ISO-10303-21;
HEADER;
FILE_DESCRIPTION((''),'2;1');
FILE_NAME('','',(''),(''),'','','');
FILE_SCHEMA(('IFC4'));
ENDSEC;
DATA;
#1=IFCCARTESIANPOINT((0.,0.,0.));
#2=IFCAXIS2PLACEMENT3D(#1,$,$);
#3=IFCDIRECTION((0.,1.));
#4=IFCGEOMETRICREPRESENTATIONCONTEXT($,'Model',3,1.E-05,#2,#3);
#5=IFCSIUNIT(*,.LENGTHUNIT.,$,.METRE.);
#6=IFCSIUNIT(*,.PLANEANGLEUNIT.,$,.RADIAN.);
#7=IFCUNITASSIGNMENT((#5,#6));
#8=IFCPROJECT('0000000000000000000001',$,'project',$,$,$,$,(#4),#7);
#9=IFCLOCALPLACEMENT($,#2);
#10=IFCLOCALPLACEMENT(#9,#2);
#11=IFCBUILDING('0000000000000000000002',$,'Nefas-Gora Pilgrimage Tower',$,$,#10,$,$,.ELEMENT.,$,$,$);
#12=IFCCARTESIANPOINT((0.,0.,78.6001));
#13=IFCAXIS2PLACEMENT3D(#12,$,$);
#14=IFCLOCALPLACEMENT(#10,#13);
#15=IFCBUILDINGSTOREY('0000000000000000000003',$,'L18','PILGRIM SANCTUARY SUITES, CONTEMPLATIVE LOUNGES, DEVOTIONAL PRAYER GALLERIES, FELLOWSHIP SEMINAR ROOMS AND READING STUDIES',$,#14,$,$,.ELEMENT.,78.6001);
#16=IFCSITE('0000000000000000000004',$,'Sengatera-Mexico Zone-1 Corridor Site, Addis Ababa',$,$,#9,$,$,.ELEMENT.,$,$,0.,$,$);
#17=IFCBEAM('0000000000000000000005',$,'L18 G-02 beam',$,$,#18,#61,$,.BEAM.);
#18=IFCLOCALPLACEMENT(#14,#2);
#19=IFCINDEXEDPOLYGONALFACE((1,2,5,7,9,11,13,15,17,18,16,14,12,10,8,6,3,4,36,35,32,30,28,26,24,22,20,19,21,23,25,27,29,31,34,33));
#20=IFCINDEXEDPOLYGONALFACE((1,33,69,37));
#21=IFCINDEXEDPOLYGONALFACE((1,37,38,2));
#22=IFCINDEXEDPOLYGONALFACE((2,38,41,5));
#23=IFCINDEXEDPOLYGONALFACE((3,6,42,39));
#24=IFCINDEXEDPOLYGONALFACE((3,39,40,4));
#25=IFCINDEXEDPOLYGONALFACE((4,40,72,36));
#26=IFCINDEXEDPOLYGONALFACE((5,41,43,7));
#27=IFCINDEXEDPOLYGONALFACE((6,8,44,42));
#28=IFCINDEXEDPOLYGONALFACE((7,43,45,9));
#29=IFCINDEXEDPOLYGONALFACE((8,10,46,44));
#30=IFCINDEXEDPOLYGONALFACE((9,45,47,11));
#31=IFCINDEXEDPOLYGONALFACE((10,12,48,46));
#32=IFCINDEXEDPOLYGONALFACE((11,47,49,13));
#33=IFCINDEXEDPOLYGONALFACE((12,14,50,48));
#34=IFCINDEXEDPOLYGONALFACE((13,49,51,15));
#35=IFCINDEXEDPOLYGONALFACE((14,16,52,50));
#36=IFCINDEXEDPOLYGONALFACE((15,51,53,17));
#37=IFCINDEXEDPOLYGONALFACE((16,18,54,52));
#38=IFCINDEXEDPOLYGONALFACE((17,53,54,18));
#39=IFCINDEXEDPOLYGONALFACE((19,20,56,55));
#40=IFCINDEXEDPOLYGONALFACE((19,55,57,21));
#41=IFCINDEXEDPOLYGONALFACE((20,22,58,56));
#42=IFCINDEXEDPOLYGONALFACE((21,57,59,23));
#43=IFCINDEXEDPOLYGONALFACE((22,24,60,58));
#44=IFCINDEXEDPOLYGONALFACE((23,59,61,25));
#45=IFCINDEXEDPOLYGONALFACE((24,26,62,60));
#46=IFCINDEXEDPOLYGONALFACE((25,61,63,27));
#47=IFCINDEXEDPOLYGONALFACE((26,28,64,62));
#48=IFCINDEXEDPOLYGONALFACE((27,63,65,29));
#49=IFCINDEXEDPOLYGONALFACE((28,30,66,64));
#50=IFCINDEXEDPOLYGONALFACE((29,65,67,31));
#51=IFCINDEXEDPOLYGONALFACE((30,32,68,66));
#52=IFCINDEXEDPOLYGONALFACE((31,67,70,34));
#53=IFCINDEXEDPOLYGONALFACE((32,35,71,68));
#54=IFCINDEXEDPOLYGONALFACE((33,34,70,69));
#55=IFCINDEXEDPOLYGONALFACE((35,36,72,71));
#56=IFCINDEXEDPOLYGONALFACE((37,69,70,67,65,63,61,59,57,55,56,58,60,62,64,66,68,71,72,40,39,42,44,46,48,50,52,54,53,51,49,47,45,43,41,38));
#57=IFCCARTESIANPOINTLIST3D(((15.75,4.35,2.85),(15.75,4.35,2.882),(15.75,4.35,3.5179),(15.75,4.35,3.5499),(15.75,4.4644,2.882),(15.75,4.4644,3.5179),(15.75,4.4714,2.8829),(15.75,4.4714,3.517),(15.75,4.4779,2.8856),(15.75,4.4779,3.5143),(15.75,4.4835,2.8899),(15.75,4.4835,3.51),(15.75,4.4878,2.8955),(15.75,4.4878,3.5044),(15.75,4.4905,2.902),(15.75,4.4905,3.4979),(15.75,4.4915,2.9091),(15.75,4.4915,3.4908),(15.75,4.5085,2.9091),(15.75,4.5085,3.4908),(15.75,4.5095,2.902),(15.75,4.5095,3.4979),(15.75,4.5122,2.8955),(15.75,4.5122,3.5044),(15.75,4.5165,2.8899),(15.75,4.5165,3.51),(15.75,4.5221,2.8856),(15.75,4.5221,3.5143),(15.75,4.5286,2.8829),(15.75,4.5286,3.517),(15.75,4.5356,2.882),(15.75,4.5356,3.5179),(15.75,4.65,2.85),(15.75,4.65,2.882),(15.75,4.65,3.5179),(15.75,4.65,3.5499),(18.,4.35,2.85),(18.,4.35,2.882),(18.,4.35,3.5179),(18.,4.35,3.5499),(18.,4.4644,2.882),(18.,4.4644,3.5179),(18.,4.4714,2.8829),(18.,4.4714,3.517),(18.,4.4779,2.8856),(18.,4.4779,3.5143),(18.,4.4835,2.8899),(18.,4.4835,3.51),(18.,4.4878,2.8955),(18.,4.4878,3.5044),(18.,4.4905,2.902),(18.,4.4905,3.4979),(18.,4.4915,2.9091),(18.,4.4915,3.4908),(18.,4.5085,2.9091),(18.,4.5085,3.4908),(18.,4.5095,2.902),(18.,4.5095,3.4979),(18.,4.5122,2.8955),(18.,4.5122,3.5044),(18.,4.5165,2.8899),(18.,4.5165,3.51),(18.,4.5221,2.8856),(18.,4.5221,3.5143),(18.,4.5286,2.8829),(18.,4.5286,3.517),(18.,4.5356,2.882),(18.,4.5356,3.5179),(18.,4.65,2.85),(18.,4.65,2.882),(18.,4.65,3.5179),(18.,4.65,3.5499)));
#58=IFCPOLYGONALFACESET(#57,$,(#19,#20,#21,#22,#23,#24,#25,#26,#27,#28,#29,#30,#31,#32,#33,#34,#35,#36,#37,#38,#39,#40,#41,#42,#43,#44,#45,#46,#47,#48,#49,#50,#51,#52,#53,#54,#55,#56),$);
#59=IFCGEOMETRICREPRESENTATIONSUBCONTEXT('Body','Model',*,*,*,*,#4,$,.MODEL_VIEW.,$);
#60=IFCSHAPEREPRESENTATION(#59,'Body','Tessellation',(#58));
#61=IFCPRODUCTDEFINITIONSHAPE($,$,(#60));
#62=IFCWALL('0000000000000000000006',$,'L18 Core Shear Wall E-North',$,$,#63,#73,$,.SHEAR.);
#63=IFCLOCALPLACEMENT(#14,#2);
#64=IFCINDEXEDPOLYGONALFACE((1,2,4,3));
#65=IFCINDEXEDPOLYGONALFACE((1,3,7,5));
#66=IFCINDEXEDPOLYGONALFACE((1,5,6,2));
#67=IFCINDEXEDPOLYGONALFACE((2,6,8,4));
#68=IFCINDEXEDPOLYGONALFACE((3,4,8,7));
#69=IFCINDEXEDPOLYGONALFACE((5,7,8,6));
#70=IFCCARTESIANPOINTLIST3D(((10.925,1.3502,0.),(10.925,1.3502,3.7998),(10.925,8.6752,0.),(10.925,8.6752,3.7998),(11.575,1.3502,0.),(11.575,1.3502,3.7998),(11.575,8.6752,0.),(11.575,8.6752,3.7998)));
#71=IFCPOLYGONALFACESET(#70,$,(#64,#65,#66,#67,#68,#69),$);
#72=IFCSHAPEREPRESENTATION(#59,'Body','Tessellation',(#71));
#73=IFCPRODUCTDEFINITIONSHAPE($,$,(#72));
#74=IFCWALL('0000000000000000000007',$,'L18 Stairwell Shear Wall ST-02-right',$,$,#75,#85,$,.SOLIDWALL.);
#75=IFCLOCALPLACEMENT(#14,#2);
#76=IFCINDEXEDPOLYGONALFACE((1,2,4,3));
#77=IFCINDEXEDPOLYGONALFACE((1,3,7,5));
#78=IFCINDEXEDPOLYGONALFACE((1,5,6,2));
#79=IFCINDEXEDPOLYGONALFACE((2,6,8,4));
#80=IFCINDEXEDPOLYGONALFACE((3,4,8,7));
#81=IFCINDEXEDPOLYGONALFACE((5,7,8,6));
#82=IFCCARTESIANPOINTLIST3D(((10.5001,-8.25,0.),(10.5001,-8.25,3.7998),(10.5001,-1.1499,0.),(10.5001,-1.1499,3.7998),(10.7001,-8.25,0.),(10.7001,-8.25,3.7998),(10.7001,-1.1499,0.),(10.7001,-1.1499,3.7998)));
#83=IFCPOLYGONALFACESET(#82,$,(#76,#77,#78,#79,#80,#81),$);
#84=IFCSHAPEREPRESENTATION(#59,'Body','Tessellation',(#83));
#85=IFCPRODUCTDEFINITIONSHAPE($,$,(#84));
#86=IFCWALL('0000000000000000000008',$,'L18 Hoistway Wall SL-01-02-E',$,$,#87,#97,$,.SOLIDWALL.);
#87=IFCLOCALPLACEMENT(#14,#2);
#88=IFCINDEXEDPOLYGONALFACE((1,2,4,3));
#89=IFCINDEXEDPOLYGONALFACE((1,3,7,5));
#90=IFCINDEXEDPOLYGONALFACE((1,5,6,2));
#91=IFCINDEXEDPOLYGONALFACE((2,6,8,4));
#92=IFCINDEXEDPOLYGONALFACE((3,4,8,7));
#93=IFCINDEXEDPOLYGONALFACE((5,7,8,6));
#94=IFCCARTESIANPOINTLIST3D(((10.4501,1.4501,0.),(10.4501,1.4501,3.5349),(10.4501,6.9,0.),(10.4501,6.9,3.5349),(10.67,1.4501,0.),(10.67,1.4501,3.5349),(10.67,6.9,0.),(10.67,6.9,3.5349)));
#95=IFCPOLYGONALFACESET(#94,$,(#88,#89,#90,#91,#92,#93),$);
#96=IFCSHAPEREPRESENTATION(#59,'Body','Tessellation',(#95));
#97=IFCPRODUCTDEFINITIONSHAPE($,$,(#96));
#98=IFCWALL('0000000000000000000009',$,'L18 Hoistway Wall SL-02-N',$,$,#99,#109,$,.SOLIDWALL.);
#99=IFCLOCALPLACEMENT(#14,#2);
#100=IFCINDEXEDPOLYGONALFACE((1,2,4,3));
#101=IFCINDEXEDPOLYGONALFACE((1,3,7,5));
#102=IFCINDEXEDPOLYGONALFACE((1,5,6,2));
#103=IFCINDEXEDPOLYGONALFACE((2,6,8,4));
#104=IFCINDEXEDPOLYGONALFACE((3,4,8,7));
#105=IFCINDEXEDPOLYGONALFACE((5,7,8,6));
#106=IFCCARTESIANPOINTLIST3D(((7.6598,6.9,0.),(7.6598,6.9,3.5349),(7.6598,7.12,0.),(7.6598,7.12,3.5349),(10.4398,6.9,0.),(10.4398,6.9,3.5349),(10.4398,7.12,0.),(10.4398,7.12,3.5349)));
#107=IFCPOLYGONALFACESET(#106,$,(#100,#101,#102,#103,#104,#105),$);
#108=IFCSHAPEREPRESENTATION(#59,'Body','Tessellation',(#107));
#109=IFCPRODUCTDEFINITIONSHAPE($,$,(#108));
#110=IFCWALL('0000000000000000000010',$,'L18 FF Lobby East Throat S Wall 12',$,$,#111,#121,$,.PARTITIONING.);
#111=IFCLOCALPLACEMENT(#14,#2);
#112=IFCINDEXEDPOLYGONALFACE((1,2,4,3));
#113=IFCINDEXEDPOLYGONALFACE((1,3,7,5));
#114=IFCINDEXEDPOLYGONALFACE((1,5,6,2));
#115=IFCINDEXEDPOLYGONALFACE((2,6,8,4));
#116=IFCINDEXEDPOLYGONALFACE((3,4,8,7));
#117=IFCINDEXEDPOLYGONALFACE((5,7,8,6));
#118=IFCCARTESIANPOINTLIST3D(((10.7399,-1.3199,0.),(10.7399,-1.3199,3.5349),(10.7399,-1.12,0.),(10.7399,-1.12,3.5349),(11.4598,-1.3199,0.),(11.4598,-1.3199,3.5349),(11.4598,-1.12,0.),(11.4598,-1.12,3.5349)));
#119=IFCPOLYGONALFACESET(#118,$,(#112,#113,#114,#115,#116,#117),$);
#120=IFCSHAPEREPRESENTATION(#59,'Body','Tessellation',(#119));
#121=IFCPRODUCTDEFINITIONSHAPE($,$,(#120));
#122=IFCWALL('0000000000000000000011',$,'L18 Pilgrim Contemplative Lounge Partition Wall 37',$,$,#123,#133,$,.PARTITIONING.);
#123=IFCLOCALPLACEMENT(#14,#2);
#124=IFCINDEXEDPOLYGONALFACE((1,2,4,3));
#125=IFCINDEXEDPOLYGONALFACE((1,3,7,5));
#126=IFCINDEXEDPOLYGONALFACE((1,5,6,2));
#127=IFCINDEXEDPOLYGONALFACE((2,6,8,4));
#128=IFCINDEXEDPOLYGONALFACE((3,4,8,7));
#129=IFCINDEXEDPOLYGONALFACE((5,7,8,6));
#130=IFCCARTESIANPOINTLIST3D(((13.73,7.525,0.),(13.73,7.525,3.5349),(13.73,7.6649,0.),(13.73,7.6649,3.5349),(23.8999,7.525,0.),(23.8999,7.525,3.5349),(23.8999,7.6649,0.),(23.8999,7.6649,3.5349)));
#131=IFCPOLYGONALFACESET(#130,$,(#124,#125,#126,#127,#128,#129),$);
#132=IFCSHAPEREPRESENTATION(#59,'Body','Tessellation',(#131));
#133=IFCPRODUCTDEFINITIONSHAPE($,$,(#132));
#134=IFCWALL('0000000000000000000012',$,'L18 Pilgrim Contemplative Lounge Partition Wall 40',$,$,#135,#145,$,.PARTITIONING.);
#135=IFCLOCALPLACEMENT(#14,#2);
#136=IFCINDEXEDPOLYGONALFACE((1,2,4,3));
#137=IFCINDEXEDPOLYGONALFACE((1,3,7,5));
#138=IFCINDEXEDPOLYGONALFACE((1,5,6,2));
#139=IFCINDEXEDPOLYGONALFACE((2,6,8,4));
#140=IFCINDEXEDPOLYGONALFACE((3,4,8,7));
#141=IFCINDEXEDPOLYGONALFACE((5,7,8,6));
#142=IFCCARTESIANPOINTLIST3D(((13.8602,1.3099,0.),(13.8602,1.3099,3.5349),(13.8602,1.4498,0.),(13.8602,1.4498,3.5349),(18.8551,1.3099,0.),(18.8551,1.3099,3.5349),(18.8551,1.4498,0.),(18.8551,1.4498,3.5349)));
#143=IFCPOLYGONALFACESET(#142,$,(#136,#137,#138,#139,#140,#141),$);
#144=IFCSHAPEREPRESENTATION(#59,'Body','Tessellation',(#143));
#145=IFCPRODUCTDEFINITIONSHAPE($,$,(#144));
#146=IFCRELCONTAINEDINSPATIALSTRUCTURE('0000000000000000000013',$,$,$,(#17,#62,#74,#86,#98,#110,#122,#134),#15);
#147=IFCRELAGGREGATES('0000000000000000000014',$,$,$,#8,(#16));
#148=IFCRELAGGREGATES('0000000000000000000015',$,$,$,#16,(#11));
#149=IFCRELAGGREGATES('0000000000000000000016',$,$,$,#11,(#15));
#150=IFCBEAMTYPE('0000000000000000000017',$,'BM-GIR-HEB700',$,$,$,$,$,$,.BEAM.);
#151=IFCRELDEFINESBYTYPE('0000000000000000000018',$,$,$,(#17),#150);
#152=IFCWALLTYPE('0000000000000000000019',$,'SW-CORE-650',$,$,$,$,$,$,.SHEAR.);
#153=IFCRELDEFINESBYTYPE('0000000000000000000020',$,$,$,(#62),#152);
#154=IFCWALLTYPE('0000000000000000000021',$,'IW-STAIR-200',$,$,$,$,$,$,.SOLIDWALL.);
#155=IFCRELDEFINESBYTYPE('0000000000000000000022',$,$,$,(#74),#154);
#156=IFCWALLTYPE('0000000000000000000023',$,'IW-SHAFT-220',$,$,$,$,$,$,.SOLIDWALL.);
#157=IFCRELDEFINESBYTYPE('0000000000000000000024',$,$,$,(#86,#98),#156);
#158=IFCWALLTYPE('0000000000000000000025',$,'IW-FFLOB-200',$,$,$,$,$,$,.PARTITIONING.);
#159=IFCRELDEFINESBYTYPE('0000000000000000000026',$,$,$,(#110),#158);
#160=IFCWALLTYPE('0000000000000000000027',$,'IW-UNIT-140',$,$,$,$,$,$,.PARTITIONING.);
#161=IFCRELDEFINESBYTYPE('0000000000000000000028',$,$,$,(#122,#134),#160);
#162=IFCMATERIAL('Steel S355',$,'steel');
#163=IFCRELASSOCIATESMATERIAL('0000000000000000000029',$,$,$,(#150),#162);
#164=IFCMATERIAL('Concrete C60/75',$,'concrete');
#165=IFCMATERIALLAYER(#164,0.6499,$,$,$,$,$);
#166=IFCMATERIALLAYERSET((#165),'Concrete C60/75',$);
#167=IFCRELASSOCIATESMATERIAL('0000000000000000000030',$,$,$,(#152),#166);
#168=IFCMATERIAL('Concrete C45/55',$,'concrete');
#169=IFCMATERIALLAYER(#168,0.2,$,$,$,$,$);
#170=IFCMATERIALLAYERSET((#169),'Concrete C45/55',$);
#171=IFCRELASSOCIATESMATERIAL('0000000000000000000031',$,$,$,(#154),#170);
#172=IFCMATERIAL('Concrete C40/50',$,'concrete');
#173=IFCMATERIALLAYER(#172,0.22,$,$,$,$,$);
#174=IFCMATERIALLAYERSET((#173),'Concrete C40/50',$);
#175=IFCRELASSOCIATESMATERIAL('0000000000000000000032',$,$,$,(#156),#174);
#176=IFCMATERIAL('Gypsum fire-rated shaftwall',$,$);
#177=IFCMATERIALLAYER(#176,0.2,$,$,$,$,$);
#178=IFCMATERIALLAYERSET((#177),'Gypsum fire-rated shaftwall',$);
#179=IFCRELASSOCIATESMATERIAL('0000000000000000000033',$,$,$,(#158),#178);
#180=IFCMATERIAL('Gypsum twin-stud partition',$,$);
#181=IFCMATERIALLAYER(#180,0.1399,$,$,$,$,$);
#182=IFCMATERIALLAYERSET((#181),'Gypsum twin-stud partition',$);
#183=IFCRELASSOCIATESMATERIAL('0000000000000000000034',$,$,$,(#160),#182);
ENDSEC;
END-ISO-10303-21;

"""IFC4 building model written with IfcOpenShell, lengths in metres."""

from ifc_helpers import new_model, si_unit, direction, frame, frame_2d, origin, origin_2d, place, context, subcontext, project, spatial, rectangle, i_section, extrude, source, transform, mapped, material, layer, layer_set, material_profile, profile_set, type_object, element, save


model = new_model("IFC4")

# Units and contexts
model_context = context("Model", 3, precision=1e-05, world=origin(), true_north=direction((0.0, 1.0)))
body_context = subcontext(model_context, "Body", "Model", "MODEL_VIEW")
ifc_project = project(units=[si_unit("LENGTHUNIT", "METRE"), si_unit("PLANEANGLEUNIT", "RADIAN")], contexts=[model_context])

# Site, building, storey
site_placement = place(None, origin())
site = spatial("IfcSite", under=ifc_project, at=site_placement, Name="Sengatera-Mexico Zone-1 Corridor Site, Addis Ababa", CompositionType="ELEMENT", RefElevation=0.0)
building_placement = place(site_placement, origin())
building = spatial("IfcBuilding", under=site, at=building_placement, Name="Nefas-Gora Pilgrimage Tower", CompositionType="ELEMENT")
storey_placement = place(building_placement, frame((0.0, 0.0, 78.6001)))
storey = spatial("IfcBuildingStorey", under=building, at=storey_placement, Name="L18", Description="PILGRIM SANCTUARY SUITES, CONTEMPLATIVE LOUNGES, DEVOTIONAL PRAYER GALLERIES, FELLOWSHIP SEMINAR ROOMS AND READING STUDIES", CompositionType="ELEMENT", Elevation=78.6001)

# Beam
ifc_material_1 = material(Name="Steel S355", Category="steel")
ifc_material_profile_1 = material_profile(ifc_material_1, i_section(OverallWidth=0.3, OverallDepth=0.7, WebThickness=0.0171, FlangeThickness=0.032, FilletRadius=0.0271, at=origin_2d()), Name="HEB 700")
ifc_profile_set_1 = profile_set([ifc_material_profile_1], Name="Steel S355")
beam_type = type_object("IfcBeamType", Name="BM-GIR-HEB700", PredefinedType="BEAM", material=ifc_profile_set_1)
shared_shape_1 = source(origin(), body_context, "Body", "SweptSolid", [
    extrude(i_section(OverallWidth=0.3, OverallDepth=0.7, WebThickness=0.0171, FlangeThickness=0.032, FilletRadius=0.0271, at=origin_2d()), origin(), (0.0, 0.0, 1.0), 2.25),
])
for number, where, z_axis, x_axis, name in (
    (1, (15.75, 4.5, 3.2), (1.0, 0.0, 0.0), (0.0, 1.0, 0.0), "L18 G-02 beam"),
):
    element("IfcBeam", number, at=place(storey_placement, frame(where, z_axis=z_axis, x_axis=x_axis)), inside=storey, type_object=beam_type, Name=name, PredefinedType="BEAM", context=body_context, shape_type="MappedRepresentation", body=[
        mapped(shared_shape_1, transform((0.0, 0.0, 0.0), x_axis=(1.0, 0.0, 0.0), y_axis=(0.0, 1.0, 0.0), z_axis=(0.0, 0.0, 1.0), scale=1.0)),
    ])

# Walls
ifc_material_2 = material(Name="Concrete C60/75", Category="concrete")
ifc_layer_1 = layer(ifc_material_2, 0.6499)
ifc_layer_set_1 = layer_set([ifc_layer_1], Name="Concrete C60/75")
wall_type_1 = type_object("IfcWallType", Name="SW-CORE-650", PredefinedType="SHEAR", material=ifc_layer_set_1)
shared_shape_2 = source(origin(), body_context, "Body", "SweptSolid", [
    extrude(rectangle(XDim=7.325, YDim=0.6499, at=frame_2d((3.6626, 0.0))), origin(), (0.0, 0.0, 1.0), 3.7998),
])
wall_1_placement = place(storey_placement, frame((11.25, 1.3501, 0.0), z_axis=(0.0, 0.0, 1.0), x_axis=(0.0, 1.0, 0.0)))
element("IfcWall", 2, at=wall_1_placement, inside=storey, type_object=wall_type_1, Name="L18 Core Shear Wall E-North", PredefinedType="SHEAR", context=body_context, shape_type="MappedRepresentation", body=[
    mapped(shared_shape_2, transform((0.0, 0.0, 0.0), x_axis=(1.0, 0.0, 0.0), y_axis=(0.0, 1.0, 0.0), z_axis=(0.0, 0.0, 1.0), scale=1.0)),
])
ifc_material_3 = material(Name="Concrete C45/55", Category="concrete")
ifc_layer_2 = layer(ifc_material_3, 0.2)
ifc_layer_set_2 = layer_set([ifc_layer_2], Name="Concrete C45/55")
wall_type_2 = type_object("IfcWallType", Name="IW-STAIR-200", PredefinedType="SOLIDWALL", material=ifc_layer_set_2)
shared_shape_3 = source(origin(), body_context, "Body", "SweptSolid", [
    extrude(rectangle(XDim=7.1001, YDim=0.2, at=frame_2d((3.55, 0.0))), origin(), (0.0, 0.0, 1.0), 3.7998),
])
wall_2_placement = place(storey_placement, frame((10.6001, -1.1499, 0.0), z_axis=(0.0, 0.0, 1.0), x_axis=(0.0, -1.0, 0.0)))
element("IfcWall", 3, at=wall_2_placement, inside=storey, type_object=wall_type_2, Name="L18 Stairwell Shear Wall ST-02-right", PredefinedType="SOLIDWALL", context=body_context, shape_type="MappedRepresentation", body=[
    mapped(shared_shape_3, transform((0.0, 0.0, 0.0), x_axis=(1.0, 0.0, 0.0), y_axis=(0.0, 1.0, 0.0), z_axis=(0.0, 0.0, 1.0), scale=1.0)),
])
ifc_material_4 = material(Name="Concrete C40/50", Category="concrete")
ifc_layer_3 = layer(ifc_material_4, 0.22)
ifc_layer_set_3 = layer_set([ifc_layer_3], Name="Concrete C40/50")
wall_type_3 = type_object("IfcWallType", Name="IW-SHAFT-220", PredefinedType="SOLIDWALL", material=ifc_layer_set_3)
shared_shape_4 = source(origin(), body_context, "Body", "SweptSolid", [
    extrude(rectangle(XDim=5.45, YDim=0.22, at=frame_2d((2.7251, 0.0))), origin(), (0.0, 0.0, 1.0), 3.5349),
])
wall_3_placement = place(storey_placement, frame((10.5601, 1.45, 0.0), z_axis=(0.0, 0.0, 1.0), x_axis=(0.0, 1.0, 0.0)))
element("IfcWall", 4, at=wall_3_placement, inside=storey, type_object=wall_type_3, Name="L18 Hoistway Wall SL-01-02-E", PredefinedType="SOLIDWALL", context=body_context, shape_type="MappedRepresentation", body=[
    mapped(shared_shape_4, transform((0.0, 0.0, 0.0), x_axis=(1.0, 0.0, 0.0), y_axis=(0.0, 1.0, 0.0), z_axis=(0.0, 0.0, 1.0), scale=1.0)),
])
shared_shape_5 = source(origin(), body_context, "Body", "SweptSolid", [
    extrude(rectangle(XDim=2.78, YDim=0.22, at=frame_2d((1.3901, 0.0))), origin(), (0.0, 0.0, 1.0), 3.5349),
])
wall_4_placement = place(storey_placement, frame((10.4399, 7.01, 0.0), z_axis=(0.0, 0.0, 1.0), x_axis=(-1.0, 0.0, 0.0)))
element("IfcWall", 5, at=wall_4_placement, inside=storey, type_object=wall_type_3, Name="L18 Hoistway Wall SL-02-N", PredefinedType="SOLIDWALL", context=body_context, shape_type="MappedRepresentation", body=[
    mapped(shared_shape_5, transform((0.0, 0.0, 0.0), x_axis=(1.0, 0.0, 0.0), y_axis=(0.0, 1.0, 0.0), z_axis=(0.0, 0.0, 1.0), scale=1.0)),
])
ifc_material_5 = material(Name="Gypsum fire-rated shaftwall")
ifc_layer_4 = layer(ifc_material_5, 0.2)
ifc_layer_set_4 = layer_set([ifc_layer_4], Name="Gypsum fire-rated shaftwall")
wall_type_4 = type_object("IfcWallType", Name="IW-FFLOB-200", PredefinedType="PARTITIONING", material=ifc_layer_set_4)
shared_shape_6 = source(origin(), body_context, "Body", "SweptSolid", [
    extrude(rectangle(XDim=0.72, YDim=0.2, at=frame_2d((0.3599, 0.0))), origin(), (0.0, 0.0, 1.0), 3.5349),
])
wall_5_placement = place(storey_placement, frame((10.74, -1.22, 0.0), z_axis=(0.0, 0.0, 1.0), x_axis=(1.0, 0.0, 0.0)))
element("IfcWall", 6, at=wall_5_placement, inside=storey, type_object=wall_type_4, Name="L18 FF Lobby East Throat S Wall 12", PredefinedType="PARTITIONING", context=body_context, shape_type="MappedRepresentation", body=[
    mapped(shared_shape_6, transform((0.0, 0.0, 0.0), x_axis=(1.0, 0.0, 0.0), y_axis=(0.0, 1.0, 0.0), z_axis=(0.0, 0.0, 1.0), scale=1.0)),
])
ifc_material_6 = material(Name="Gypsum twin-stud partition")
ifc_layer_5 = layer(ifc_material_6, 0.1399)
ifc_layer_set_5 = layer_set([ifc_layer_5], Name="Gypsum twin-stud partition")
wall_type_5 = type_object("IfcWallType", Name="IW-UNIT-140", PredefinedType="PARTITIONING", material=ifc_layer_set_5)
shared_shape_7 = source(origin(), body_context, "Body", "SweptSolid", [
    extrude(rectangle(XDim=10.1699, YDim=0.1399, at=frame_2d((5.085, 0.0))), origin(), (0.0, 0.0, 1.0), 3.5349),
])
wall_6_placement = place(storey_placement, frame((13.73, 7.595, 0.0), z_axis=(0.0, 0.0, 1.0), x_axis=(1.0, 0.0, 0.0)))
element("IfcWall", 7, at=wall_6_placement, inside=storey, type_object=wall_type_5, Name="L18 Pilgrim Contemplative Lounge Partition Wall 37", PredefinedType="PARTITIONING", context=body_context, shape_type="MappedRepresentation", body=[
    mapped(shared_shape_7, transform((0.0, 0.0, 0.0), x_axis=(1.0, 0.0, 0.0), y_axis=(0.0, 1.0, 0.0), z_axis=(0.0, 0.0, 1.0), scale=1.0)),
])
shared_shape_8 = source(origin(), body_context, "Body", "SweptSolid", [
    extrude(rectangle(XDim=4.9949, YDim=0.1399, at=frame_2d((2.4976, 0.0))), origin(), (0.0, 0.0, 1.0), 3.5349),
])
wall_7_placement = place(storey_placement, frame((13.8601, 1.3799, 0.0), z_axis=(0.0, 0.0, 1.0), x_axis=(1.0, 0.0, 0.0)))
element("IfcWall", 8, at=wall_7_placement, inside=storey, type_object=wall_type_5, Name="L18 Pilgrim Contemplative Lounge Partition Wall 40", PredefinedType="PARTITIONING", context=body_context, shape_type="MappedRepresentation", body=[
    mapped(shared_shape_8, transform((0.0, 0.0, 0.0), x_axis=(1.0, 0.0, 0.0), y_axis=(0.0, 1.0, 0.0), z_axis=(0.0, 0.0, 1.0), scale=1.0)),
])

save(model, "model.ifc")
